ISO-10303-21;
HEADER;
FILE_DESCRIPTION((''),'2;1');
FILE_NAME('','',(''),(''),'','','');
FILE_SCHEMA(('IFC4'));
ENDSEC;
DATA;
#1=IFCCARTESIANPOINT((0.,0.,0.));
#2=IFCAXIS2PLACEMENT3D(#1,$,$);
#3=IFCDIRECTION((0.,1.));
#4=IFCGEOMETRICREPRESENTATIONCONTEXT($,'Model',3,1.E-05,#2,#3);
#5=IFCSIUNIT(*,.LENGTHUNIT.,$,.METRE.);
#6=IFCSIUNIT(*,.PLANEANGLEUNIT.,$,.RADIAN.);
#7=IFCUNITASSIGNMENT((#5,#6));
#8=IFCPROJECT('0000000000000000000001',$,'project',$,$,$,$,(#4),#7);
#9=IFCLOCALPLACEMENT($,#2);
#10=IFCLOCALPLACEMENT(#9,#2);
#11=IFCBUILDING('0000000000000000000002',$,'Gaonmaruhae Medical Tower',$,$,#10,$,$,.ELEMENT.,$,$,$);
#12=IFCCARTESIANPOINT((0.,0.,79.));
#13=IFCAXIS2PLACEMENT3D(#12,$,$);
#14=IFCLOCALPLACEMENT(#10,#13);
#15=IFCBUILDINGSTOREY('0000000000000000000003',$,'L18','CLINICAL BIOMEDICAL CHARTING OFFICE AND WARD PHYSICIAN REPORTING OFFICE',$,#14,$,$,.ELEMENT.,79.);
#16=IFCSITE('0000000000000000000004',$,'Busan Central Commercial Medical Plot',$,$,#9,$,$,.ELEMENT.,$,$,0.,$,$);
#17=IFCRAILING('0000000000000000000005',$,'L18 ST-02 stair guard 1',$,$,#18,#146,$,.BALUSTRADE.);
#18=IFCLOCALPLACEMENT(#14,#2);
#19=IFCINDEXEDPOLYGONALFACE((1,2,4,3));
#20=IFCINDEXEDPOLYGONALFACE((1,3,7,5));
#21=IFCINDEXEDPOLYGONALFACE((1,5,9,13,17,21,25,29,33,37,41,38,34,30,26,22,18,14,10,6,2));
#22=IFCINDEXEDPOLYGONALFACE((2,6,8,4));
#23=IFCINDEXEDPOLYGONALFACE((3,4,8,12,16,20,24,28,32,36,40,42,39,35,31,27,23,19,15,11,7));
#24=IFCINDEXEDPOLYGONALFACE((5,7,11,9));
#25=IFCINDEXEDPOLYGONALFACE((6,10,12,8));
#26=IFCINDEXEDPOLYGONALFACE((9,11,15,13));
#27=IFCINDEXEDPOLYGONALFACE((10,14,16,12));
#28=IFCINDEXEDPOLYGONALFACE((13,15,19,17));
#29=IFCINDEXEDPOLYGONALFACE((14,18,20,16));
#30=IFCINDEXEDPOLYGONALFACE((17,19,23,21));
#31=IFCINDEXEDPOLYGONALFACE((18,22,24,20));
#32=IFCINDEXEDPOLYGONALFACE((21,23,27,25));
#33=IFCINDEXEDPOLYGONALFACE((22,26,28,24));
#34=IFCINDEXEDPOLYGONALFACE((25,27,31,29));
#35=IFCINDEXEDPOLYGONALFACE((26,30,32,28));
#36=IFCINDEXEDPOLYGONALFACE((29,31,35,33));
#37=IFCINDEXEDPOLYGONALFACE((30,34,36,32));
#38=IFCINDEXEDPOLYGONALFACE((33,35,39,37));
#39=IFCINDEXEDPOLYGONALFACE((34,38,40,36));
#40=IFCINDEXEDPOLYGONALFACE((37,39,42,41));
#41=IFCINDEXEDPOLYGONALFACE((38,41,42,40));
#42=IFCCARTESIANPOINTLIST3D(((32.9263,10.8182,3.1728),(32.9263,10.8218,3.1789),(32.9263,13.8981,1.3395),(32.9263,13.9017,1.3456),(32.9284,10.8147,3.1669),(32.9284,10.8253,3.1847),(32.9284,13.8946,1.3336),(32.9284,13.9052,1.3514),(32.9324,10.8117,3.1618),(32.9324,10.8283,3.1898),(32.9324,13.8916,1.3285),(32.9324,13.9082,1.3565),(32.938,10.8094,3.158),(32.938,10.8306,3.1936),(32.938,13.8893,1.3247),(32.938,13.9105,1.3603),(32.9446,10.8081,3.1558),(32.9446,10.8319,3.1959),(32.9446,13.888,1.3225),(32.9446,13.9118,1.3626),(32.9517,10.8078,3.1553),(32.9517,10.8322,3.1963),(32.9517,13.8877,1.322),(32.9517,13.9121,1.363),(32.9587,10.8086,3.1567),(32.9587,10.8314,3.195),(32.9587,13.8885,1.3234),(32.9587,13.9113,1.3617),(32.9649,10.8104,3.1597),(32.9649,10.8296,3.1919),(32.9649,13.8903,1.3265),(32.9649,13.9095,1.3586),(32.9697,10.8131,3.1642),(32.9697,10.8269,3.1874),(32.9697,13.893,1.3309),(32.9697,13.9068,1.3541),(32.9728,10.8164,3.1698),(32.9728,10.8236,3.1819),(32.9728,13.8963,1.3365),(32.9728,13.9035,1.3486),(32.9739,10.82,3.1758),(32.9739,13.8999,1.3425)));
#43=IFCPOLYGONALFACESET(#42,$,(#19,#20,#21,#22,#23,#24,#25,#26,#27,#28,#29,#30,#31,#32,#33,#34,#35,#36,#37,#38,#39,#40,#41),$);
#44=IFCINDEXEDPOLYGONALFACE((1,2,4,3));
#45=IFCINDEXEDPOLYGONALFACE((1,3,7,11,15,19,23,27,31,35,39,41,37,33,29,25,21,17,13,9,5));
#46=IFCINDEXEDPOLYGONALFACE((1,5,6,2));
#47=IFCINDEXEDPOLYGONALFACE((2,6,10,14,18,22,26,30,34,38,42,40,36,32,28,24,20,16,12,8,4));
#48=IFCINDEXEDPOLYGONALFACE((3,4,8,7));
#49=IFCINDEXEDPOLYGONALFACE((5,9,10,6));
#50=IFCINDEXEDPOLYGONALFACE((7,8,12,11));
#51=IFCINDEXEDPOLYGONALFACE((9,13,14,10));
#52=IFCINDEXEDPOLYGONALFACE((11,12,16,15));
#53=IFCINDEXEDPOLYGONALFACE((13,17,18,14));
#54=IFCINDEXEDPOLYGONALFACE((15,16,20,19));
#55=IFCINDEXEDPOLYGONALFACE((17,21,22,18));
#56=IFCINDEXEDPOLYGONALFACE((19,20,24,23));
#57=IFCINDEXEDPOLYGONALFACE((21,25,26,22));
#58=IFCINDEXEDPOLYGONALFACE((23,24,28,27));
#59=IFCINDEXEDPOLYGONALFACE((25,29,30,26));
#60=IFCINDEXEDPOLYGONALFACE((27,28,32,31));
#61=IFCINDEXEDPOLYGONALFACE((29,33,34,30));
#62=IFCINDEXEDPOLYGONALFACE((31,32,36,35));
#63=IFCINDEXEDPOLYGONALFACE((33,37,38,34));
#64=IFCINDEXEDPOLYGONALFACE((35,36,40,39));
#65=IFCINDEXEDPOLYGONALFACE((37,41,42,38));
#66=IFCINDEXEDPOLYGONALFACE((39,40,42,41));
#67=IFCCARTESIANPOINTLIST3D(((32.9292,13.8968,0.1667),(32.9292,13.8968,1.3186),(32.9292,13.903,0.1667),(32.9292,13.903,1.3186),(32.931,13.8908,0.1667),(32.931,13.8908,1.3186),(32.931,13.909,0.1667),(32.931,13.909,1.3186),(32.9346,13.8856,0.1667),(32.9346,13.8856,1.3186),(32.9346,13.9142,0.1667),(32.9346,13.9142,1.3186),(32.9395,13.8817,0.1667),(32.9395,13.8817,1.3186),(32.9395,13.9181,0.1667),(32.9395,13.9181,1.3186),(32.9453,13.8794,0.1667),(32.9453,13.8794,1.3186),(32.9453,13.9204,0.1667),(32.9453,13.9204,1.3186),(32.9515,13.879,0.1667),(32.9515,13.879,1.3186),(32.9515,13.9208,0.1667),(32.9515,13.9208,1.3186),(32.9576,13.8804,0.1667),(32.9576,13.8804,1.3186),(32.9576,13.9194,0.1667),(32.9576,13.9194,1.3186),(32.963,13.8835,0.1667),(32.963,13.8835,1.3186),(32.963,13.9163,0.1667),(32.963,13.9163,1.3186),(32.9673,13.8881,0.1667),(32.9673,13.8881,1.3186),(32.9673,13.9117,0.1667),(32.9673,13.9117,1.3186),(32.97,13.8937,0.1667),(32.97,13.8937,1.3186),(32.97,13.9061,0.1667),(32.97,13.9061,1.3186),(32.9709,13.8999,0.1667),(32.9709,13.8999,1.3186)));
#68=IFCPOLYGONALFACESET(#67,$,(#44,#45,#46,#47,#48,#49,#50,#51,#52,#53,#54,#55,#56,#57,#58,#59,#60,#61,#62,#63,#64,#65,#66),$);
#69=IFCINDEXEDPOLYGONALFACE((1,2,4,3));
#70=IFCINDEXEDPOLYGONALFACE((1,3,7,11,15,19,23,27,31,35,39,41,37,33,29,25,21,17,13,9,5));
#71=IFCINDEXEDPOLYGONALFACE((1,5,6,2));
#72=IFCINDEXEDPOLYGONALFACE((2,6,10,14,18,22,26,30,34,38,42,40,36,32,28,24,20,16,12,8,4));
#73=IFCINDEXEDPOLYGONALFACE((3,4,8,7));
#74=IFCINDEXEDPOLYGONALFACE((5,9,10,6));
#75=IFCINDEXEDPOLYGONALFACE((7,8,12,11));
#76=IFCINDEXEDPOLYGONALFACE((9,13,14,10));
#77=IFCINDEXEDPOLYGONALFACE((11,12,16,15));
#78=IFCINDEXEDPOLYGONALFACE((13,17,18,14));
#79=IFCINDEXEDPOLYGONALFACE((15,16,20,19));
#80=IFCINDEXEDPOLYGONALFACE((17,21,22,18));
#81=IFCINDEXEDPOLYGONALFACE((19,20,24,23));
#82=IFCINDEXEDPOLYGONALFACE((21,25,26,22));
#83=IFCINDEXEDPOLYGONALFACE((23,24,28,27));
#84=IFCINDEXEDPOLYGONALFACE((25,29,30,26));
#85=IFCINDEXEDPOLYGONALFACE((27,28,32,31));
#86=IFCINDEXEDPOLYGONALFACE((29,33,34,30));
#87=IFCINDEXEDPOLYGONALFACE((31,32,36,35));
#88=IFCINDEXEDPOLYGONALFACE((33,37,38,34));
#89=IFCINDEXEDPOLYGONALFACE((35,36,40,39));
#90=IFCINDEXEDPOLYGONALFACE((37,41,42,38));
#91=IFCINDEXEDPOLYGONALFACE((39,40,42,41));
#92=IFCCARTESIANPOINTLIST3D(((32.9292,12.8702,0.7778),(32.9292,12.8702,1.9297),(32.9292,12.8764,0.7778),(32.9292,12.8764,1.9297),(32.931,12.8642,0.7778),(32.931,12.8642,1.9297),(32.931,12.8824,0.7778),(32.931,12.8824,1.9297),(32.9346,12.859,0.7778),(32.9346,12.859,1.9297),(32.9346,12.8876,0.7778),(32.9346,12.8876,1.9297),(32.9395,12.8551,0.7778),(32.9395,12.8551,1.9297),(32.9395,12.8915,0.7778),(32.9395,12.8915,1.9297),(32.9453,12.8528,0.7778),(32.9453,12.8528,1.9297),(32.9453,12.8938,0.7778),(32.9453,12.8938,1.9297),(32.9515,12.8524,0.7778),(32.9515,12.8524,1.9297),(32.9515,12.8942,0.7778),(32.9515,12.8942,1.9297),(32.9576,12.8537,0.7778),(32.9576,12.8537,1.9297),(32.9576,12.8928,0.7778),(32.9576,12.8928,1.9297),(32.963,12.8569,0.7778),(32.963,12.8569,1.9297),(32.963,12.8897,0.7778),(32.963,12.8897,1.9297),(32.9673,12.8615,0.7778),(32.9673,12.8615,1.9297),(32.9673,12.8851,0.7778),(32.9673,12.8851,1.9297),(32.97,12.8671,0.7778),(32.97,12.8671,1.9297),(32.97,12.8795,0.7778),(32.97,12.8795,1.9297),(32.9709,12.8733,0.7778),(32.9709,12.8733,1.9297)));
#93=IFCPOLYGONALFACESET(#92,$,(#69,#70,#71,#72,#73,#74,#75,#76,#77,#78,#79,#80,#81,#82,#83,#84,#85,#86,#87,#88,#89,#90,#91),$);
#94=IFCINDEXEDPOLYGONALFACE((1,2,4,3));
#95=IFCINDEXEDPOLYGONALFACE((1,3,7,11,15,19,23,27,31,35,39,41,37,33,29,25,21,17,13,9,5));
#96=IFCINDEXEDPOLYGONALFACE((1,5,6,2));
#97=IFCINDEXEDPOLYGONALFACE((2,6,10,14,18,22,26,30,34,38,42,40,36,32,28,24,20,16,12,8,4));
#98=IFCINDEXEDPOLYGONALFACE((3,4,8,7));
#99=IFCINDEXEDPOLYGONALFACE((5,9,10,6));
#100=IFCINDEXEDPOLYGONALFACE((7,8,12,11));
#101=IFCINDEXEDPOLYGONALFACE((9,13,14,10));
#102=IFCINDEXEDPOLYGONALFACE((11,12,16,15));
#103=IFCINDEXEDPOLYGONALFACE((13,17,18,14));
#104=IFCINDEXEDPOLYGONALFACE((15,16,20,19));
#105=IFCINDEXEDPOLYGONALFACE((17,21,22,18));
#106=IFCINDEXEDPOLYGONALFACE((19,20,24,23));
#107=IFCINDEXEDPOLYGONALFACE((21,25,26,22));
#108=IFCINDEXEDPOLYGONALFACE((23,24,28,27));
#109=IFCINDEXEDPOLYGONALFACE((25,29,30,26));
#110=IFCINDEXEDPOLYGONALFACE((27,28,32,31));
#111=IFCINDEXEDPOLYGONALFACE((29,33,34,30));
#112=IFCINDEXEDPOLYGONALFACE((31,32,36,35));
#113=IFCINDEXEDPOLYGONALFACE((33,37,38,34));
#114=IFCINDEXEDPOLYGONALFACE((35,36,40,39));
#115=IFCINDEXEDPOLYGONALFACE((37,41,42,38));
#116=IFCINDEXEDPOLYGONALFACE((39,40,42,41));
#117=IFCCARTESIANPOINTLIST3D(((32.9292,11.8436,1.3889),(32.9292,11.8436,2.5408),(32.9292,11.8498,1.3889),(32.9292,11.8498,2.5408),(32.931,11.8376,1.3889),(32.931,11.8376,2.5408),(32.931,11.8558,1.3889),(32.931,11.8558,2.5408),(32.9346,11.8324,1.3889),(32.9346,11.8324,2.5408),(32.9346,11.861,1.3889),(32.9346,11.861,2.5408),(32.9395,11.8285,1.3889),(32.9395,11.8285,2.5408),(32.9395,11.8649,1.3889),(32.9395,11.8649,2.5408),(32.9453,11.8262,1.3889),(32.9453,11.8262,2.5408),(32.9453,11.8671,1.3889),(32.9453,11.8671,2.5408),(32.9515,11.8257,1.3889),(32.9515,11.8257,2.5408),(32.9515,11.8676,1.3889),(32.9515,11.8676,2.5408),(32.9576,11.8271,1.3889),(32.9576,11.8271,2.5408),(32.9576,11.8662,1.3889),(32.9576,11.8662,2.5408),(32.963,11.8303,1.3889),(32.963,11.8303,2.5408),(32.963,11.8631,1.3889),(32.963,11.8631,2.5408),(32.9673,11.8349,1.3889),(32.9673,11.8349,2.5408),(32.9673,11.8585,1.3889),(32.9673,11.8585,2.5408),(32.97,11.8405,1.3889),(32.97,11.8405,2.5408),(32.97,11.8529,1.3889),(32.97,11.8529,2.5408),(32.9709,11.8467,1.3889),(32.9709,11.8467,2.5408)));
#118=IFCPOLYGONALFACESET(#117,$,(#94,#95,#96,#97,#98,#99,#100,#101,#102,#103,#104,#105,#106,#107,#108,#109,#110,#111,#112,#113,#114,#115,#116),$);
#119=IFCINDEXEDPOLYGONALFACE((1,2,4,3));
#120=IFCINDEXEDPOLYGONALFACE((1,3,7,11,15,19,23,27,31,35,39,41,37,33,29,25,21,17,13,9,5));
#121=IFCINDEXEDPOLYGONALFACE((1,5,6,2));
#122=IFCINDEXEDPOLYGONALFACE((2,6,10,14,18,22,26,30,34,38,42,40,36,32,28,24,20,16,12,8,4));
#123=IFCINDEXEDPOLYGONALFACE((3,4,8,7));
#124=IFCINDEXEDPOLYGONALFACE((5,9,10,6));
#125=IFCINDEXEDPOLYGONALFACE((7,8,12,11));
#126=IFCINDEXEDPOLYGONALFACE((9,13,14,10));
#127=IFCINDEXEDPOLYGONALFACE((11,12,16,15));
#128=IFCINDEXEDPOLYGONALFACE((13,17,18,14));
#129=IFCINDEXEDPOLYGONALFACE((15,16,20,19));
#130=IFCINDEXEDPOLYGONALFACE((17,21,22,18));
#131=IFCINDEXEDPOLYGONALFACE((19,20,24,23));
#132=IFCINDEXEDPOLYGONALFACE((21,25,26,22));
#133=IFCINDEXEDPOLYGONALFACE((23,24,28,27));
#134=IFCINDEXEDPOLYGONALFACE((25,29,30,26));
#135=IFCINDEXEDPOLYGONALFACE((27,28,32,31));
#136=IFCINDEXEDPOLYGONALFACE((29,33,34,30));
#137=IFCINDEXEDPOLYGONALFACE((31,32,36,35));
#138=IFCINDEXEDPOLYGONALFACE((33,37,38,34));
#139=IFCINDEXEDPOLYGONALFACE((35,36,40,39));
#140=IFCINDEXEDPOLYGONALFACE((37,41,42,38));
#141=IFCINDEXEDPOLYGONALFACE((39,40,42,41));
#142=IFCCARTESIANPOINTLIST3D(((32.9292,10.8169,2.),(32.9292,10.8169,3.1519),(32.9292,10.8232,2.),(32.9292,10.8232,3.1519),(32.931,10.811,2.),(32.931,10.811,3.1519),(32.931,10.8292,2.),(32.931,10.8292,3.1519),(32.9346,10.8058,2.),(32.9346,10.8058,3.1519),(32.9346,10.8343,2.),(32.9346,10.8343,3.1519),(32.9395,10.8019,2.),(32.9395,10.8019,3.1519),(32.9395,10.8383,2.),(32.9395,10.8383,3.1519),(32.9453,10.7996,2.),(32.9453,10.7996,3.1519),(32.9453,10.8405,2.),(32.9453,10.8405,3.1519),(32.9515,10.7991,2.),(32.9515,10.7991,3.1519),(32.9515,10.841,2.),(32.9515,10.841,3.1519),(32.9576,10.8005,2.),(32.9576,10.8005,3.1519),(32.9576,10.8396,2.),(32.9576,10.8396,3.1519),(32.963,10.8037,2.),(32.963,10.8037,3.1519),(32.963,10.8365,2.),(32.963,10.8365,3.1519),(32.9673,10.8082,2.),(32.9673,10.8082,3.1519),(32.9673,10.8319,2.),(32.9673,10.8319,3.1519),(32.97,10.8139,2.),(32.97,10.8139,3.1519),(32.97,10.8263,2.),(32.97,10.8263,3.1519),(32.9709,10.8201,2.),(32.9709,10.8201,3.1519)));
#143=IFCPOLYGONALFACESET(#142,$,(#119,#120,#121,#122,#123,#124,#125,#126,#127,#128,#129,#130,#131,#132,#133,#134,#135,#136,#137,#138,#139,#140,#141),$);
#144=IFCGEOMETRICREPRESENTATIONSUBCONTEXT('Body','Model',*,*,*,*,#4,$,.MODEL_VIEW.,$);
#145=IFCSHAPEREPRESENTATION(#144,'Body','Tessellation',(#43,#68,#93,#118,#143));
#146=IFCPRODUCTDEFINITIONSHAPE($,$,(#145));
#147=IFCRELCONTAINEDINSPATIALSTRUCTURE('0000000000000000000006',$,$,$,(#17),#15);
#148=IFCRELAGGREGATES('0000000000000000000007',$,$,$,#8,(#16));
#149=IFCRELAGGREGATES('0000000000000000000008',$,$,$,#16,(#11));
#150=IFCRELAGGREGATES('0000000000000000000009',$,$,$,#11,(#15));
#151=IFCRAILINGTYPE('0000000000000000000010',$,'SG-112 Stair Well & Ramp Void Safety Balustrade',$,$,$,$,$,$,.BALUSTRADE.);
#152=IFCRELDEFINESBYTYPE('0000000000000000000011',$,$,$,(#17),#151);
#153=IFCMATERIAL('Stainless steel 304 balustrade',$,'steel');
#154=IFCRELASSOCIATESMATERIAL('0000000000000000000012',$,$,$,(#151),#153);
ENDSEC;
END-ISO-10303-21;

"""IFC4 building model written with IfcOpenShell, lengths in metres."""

from ifc_helpers import new_model, si_unit, direction, frame, origin, origin_2d, place, context, subcontext, project, spatial, circle, extrude, material, type_object, element, save


model = new_model("IFC4")

# Units and contexts
model_context = context("Model", 3, precision=1e-05, world=origin(), true_north=direction((0.0, 1.0)))
body_context = subcontext(model_context, "Body", "Model", "MODEL_VIEW")
ifc_project = project(units=[si_unit("LENGTHUNIT", "METRE"), si_unit("PLANEANGLEUNIT", "RADIAN")], contexts=[model_context])

# Site, building, storey
site_placement = place(None, origin())
site = spatial("IfcSite", under=ifc_project, at=site_placement, Name="Busan Central Commercial Medical Plot", CompositionType="ELEMENT", RefElevation=0.0)
building_placement = place(site_placement, origin())
building = spatial("IfcBuilding", under=site, at=building_placement, Name="Gaonmaruhae Medical Tower", CompositionType="ELEMENT")
storey_placement = place(building_placement, frame((0.0, 0.0, 79.0)))
storey = spatial("IfcBuildingStorey", under=building, at=storey_placement, Name="L18", Description="CLINICAL BIOMEDICAL CHARTING OFFICE AND WARD PHYSICIAN REPORTING OFFICE", CompositionType="ELEMENT", Elevation=79.0)

# Railing
ifc_material_1 = material(Name="Stainless steel 304 balustrade", Category="steel")
railing_type_1 = type_object("IfcRailingType", Name="SG-112 Stair Well & Ramp Void Safety Balustrade", PredefinedType="BALUSTRADE", material=ifc_material_1)
railing_1_placement = place(storey_placement, frame((32.95, 13.8999, 0.1667)))
element("IfcRailing", 1, at=railing_1_placement, inside=storey, type_object=railing_type_1, Name="L18 ST-02 stair guard 1", PredefinedType="BALUSTRADE", context=body_context, shape_type="SweptSolid", body=[
    extrude(circle(Radius=0.0239, at=origin_2d()), frame((0.0, 0.0, 1.1758), z_axis=(0.0, -0.859291, 0.511487), x_axis=(1.0, 0.0, 0.0)), (0.0, 0.0, 1.0), 3.5842),
    extrude(circle(Radius=0.021, at=origin_2d()), origin(), (0.0, 0.0, 1.0), 1.1519),
    extrude(circle(Radius=0.021, at=origin_2d()), frame((0.0, -1.0266, 0.6111)), (0.0, 0.0, 1.0), 1.1519),
    extrude(circle(Radius=0.021, at=origin_2d()), frame((0.0, -2.0532, 1.2222)), (0.0, 0.0, 1.0), 1.1519),
    extrude(circle(Radius=0.021, at=origin_2d()), frame((0.0, -3.0798, 1.8333)), (0.0, 0.0, 1.0), 1.1519),
])

save(model, "model.ifc")
